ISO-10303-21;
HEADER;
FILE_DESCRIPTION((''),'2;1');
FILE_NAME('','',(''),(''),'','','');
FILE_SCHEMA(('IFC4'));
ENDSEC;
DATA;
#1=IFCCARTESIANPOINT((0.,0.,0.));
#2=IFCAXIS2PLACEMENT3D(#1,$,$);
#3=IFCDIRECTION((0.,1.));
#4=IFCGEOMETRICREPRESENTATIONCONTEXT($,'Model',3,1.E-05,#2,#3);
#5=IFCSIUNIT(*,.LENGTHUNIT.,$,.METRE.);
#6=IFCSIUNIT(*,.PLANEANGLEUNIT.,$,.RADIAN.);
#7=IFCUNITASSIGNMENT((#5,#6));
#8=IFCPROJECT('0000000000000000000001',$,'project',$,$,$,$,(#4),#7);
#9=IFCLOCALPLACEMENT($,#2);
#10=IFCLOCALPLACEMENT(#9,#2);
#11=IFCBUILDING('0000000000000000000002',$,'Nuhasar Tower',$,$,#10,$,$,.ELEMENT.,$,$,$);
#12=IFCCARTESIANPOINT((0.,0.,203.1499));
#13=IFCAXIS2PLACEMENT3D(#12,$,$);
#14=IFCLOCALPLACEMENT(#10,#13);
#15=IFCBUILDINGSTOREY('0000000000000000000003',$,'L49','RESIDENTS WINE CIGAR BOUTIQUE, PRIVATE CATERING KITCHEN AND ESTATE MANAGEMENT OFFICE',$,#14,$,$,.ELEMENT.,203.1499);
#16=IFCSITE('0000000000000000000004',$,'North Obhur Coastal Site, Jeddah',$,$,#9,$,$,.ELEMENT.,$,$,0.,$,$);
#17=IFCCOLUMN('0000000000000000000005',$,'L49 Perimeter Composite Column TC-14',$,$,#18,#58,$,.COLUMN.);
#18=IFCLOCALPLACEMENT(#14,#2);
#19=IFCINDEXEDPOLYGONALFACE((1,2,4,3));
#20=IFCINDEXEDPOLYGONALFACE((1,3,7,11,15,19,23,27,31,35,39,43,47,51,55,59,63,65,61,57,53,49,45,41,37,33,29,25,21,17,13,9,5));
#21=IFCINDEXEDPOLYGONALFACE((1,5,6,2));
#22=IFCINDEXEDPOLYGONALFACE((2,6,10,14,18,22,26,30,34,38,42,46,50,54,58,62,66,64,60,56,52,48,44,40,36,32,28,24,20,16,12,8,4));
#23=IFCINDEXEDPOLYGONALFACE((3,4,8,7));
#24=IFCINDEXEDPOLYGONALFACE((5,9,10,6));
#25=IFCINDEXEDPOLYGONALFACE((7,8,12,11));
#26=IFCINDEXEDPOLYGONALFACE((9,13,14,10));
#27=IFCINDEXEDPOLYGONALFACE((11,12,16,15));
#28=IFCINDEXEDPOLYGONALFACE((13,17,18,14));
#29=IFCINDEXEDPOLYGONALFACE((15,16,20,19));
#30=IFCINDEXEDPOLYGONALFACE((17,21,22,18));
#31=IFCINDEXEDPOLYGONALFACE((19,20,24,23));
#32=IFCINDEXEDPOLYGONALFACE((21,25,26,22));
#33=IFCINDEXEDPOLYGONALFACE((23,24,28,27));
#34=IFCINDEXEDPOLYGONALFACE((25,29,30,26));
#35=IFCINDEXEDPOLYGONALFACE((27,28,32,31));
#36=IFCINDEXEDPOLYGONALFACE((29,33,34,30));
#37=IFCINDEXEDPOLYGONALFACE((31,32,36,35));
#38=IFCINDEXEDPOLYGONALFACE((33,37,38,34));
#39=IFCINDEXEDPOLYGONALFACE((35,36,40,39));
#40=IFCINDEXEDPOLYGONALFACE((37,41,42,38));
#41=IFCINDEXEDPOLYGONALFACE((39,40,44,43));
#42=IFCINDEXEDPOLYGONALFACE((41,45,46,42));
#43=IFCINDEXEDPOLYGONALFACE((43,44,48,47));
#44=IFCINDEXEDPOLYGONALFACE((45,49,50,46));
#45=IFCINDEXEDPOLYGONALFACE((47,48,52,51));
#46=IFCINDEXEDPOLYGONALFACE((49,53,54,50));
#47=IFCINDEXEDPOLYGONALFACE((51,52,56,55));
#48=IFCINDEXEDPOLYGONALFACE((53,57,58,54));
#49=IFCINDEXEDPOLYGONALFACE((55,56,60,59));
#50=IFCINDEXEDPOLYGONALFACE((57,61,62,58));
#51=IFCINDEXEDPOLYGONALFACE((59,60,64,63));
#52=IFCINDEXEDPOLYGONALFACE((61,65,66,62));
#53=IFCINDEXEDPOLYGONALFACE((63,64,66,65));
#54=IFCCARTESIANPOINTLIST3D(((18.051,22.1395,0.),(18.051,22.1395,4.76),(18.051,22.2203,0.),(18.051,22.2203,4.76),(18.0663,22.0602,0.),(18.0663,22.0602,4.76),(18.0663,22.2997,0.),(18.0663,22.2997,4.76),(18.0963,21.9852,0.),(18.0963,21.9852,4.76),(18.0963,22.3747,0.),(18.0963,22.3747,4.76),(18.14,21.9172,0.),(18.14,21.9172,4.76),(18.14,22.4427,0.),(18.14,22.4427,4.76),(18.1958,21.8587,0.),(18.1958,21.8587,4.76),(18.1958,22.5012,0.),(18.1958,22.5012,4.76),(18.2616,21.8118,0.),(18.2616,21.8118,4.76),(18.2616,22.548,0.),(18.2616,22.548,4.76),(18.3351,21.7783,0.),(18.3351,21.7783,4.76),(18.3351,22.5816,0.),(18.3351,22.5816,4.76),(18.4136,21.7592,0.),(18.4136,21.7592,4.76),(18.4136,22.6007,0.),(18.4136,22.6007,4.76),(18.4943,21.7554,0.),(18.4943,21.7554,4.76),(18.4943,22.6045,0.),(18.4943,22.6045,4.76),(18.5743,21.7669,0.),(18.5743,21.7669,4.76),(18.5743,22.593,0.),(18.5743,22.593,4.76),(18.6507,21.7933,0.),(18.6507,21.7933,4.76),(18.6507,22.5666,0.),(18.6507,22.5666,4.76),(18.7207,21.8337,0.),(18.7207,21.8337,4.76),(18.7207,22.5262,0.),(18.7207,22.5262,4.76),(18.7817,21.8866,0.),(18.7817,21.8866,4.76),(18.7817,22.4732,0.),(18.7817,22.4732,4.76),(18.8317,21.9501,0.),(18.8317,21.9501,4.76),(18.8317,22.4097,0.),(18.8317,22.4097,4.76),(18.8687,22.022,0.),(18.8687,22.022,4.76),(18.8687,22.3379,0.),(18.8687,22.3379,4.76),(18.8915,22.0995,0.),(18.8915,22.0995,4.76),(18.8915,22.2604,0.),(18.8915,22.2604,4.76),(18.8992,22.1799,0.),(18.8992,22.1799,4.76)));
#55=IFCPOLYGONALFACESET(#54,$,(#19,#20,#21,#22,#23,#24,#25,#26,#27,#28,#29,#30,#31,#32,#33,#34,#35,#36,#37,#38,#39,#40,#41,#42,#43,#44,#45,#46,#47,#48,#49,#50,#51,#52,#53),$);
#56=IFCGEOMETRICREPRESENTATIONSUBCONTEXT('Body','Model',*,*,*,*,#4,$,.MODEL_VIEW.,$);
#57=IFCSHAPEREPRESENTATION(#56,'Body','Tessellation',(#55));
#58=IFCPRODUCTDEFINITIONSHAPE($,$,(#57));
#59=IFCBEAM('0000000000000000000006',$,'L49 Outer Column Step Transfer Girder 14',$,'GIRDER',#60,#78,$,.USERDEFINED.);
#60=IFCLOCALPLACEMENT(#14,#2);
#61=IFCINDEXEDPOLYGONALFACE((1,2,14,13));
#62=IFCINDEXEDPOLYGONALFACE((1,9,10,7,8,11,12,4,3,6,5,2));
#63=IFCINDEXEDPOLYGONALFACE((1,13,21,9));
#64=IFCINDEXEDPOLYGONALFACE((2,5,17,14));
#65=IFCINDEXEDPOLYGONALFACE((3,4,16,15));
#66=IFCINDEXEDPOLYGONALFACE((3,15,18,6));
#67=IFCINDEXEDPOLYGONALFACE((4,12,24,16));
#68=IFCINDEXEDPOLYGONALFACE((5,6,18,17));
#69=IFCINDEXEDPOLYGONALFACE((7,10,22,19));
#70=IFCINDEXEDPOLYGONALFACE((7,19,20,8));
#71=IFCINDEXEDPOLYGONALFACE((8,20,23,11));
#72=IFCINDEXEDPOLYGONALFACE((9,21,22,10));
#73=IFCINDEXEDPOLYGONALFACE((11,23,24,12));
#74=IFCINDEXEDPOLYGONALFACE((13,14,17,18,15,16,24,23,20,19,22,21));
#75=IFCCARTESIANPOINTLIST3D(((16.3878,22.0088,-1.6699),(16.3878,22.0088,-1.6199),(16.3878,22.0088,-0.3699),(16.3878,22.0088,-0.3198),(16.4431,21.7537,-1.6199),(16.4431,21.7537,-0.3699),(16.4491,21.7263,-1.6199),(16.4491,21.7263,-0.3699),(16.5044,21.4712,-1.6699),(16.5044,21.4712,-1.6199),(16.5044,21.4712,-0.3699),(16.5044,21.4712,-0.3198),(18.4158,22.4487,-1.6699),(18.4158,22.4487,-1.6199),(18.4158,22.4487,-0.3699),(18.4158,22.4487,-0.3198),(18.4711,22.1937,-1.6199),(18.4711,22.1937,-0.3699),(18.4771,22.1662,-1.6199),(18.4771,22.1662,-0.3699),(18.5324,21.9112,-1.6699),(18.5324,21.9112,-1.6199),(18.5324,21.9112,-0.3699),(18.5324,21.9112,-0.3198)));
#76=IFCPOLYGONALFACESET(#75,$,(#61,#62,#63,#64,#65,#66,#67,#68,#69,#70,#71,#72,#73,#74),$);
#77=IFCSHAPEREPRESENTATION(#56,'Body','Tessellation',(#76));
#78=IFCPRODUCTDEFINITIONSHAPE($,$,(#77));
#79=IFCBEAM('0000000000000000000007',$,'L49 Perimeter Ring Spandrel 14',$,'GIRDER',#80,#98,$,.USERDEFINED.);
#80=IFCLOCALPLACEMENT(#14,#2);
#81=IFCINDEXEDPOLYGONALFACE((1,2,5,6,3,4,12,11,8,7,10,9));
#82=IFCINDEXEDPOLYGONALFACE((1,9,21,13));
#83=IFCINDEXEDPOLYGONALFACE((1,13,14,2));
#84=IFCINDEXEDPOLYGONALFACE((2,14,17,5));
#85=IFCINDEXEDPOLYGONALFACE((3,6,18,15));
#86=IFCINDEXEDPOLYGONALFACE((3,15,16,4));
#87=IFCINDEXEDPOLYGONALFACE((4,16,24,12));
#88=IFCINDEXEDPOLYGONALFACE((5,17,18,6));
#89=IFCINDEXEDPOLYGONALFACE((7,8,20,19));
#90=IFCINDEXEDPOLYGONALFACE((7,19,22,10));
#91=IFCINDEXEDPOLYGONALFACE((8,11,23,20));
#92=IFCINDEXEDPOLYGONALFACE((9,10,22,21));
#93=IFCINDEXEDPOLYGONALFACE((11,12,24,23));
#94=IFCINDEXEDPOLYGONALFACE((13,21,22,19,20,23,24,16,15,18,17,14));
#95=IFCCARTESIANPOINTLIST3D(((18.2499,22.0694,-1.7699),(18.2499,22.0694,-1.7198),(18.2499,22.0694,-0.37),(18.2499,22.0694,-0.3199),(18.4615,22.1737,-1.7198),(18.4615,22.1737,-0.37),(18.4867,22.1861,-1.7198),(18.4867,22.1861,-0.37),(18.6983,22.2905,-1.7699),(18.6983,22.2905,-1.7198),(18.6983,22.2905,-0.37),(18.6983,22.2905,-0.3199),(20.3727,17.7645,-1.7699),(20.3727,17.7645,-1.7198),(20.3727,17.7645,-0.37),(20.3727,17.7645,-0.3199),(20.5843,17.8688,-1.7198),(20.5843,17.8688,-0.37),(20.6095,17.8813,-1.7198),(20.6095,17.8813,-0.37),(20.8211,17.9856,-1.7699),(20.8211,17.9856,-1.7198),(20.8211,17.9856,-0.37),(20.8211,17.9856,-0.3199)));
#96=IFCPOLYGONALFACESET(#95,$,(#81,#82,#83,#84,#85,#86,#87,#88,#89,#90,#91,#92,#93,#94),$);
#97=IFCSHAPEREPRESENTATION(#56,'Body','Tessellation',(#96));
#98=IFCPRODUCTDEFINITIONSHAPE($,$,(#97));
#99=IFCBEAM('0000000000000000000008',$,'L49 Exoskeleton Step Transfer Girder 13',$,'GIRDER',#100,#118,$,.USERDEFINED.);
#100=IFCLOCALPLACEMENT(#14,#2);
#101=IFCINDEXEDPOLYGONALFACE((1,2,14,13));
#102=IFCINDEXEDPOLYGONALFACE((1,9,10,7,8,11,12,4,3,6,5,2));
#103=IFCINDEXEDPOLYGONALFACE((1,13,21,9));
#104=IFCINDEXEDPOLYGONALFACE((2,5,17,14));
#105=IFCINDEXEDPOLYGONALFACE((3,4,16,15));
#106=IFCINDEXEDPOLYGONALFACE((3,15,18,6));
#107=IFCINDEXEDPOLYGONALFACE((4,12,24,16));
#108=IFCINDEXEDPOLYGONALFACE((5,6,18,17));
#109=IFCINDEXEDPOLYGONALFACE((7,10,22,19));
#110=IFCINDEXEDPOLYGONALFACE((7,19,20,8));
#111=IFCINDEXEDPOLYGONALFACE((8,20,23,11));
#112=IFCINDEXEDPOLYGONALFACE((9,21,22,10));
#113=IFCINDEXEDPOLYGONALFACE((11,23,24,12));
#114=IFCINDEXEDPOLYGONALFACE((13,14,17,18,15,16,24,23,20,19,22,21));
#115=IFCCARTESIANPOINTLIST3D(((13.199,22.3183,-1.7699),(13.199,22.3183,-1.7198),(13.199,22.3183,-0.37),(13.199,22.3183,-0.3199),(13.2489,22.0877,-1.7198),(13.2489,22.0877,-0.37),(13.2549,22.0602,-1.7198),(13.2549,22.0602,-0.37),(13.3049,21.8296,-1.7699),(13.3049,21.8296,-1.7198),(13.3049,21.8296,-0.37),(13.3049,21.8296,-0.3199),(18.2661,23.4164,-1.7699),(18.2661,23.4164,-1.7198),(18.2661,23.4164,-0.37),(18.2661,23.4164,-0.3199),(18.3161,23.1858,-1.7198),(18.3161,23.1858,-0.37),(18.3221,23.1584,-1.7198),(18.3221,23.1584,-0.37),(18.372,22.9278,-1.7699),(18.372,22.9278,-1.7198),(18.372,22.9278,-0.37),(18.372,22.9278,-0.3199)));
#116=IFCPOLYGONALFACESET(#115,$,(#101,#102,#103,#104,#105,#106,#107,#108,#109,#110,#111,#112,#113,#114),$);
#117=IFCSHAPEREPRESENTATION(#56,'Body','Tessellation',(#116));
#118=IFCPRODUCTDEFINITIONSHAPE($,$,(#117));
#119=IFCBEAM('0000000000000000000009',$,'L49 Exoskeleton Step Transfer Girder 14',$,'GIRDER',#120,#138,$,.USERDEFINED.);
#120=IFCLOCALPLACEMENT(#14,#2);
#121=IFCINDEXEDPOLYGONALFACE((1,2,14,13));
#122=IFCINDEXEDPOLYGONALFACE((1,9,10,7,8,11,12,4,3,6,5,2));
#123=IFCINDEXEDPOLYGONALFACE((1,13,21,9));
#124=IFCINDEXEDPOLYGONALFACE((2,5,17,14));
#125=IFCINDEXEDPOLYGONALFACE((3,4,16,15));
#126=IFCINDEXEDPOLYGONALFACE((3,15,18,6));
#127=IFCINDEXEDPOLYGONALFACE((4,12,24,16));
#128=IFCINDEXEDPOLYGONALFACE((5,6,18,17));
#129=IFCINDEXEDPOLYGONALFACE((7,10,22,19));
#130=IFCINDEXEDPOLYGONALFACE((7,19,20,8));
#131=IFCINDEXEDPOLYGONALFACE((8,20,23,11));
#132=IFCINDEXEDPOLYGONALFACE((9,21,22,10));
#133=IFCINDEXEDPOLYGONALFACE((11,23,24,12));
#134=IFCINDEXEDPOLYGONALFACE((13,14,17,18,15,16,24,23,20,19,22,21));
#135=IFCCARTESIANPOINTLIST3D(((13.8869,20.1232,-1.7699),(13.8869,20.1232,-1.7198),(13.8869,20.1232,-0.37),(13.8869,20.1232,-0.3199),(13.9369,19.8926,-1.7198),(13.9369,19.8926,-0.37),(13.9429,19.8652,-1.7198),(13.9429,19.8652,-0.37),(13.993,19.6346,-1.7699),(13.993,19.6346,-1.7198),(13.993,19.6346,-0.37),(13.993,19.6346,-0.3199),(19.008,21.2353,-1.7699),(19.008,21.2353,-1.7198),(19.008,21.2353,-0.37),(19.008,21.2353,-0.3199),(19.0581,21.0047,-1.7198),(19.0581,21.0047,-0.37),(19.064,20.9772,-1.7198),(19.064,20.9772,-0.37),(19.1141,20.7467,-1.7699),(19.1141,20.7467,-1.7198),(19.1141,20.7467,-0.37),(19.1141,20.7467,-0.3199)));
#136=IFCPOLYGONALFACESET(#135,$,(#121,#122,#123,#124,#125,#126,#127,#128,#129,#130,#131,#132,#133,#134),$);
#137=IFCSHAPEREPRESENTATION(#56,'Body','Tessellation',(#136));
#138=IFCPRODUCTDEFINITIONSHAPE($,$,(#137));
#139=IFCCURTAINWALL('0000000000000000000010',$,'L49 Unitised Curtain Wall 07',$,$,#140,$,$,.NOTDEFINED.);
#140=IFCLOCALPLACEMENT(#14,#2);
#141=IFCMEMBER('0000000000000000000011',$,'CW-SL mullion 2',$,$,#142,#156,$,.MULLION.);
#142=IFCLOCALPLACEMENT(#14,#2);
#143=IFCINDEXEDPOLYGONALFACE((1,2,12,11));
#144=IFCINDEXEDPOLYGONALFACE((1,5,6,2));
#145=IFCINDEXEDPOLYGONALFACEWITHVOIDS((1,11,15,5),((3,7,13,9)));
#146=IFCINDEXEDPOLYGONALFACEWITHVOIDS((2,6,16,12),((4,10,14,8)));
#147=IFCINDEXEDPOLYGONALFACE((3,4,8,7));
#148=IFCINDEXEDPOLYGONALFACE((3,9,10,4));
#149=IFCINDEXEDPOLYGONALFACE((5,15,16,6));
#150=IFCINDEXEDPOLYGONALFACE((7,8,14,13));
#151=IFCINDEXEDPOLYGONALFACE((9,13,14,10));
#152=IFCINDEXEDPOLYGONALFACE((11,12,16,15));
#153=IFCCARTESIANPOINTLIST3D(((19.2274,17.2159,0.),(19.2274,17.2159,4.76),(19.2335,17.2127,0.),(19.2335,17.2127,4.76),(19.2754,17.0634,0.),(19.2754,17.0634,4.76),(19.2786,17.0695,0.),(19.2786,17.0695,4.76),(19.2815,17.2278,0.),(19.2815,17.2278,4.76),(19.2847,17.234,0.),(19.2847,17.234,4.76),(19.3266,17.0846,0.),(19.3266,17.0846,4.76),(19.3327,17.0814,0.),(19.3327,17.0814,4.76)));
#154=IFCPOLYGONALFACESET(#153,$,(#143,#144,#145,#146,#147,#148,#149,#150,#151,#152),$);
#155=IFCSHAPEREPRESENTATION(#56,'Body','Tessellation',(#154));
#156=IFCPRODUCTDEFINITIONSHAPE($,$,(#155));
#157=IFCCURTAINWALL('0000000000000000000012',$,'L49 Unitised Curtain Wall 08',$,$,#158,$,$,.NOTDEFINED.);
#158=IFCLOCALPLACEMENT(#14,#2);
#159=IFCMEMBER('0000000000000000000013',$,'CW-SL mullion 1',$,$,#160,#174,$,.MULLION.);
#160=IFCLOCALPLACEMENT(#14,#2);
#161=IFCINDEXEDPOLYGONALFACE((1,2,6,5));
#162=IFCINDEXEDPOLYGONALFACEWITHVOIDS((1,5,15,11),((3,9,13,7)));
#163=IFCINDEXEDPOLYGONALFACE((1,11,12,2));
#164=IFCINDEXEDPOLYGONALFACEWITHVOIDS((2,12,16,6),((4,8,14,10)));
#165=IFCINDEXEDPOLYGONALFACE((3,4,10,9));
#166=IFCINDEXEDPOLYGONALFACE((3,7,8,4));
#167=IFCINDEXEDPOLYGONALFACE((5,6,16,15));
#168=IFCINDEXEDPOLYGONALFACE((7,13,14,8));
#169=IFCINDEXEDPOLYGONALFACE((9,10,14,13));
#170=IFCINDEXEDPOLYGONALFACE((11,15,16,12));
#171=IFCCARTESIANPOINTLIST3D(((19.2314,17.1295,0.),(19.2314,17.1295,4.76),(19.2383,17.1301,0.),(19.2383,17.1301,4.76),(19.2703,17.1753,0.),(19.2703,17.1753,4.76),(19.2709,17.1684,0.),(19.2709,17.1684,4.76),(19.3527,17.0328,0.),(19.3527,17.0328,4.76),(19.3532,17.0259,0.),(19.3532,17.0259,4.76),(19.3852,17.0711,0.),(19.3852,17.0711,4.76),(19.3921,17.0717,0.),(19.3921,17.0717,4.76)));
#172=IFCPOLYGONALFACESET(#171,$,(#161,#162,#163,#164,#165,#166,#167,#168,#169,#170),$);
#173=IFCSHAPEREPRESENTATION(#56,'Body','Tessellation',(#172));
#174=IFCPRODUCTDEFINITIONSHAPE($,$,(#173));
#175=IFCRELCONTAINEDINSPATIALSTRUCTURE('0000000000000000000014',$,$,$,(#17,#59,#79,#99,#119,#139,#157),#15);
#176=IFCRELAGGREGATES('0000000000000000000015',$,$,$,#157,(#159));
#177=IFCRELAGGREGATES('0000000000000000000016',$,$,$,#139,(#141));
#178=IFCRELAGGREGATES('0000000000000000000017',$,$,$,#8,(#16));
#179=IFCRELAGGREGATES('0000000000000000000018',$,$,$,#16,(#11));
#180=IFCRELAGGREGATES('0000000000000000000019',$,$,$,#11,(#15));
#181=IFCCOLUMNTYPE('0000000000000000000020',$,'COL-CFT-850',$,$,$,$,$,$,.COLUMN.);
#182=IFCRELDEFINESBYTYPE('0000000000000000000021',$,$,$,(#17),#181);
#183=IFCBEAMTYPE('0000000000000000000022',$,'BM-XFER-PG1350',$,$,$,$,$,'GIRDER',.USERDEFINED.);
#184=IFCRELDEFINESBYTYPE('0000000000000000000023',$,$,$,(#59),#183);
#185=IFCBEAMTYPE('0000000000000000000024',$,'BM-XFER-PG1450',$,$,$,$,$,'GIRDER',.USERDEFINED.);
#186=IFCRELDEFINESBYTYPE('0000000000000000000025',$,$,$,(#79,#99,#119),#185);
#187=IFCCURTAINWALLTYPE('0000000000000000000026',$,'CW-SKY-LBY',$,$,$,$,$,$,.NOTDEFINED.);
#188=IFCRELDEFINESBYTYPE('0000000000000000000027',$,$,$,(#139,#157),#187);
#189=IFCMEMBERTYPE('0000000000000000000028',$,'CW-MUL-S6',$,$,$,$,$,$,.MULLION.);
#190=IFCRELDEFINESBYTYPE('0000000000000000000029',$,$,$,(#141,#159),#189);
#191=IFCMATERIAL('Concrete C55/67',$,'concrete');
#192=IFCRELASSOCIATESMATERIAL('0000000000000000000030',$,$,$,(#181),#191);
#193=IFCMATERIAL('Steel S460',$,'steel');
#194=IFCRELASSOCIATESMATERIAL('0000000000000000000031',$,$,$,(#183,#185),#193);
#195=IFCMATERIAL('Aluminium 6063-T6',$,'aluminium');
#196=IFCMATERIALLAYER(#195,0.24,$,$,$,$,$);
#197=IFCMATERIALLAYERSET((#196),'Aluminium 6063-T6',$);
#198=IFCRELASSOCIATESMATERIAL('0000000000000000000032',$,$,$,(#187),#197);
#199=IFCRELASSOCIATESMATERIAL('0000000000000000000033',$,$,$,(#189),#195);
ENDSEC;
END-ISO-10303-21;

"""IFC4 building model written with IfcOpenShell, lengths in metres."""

from ifc_helpers import new_model, si_unit, direction, frame, origin, origin_2d, place, context, subcontext, project, spatial, hollow_rectangle, circle, i_section, extrude, material, layer, layer_set, material_profile, profile_set, type_object, element, aggregate, save


model = new_model("IFC4")

# Units and contexts
model_context = context("Model", 3, precision=1e-05, world=origin(), true_north=direction((0.0, 1.0)))
body_context = subcontext(model_context, "Body", "Model", "MODEL_VIEW")
ifc_project = project(units=[si_unit("LENGTHUNIT", "METRE"), si_unit("PLANEANGLEUNIT", "RADIAN")], contexts=[model_context])

# Site, building, storey
site_placement = place(None, origin())
site = spatial("IfcSite", under=ifc_project, at=site_placement, Name="North Obhur Coastal Site, Jeddah", CompositionType="ELEMENT", RefElevation=0.0)
building_placement = place(site_placement, origin())
building = spatial("IfcBuilding", under=site, at=building_placement, Name="Nuhasar Tower", CompositionType="ELEMENT")
storey_placement = place(building_placement, frame((0.0, 0.0, 203.1499)))
storey = spatial("IfcBuildingStorey", under=building, at=storey_placement, Name="L49", Description="RESIDENTS WINE CIGAR BOUTIQUE, PRIVATE CATERING KITCHEN AND ESTATE MANAGEMENT OFFICE", CompositionType="ELEMENT", Elevation=203.1499)

# Column
ifc_material_1 = material(Name="Concrete C55/67", Category="concrete")
ifc_material_profile_1 = material_profile(ifc_material_1, circle(Radius=0.425, at=origin_2d()), Name="CFT850")
ifc_profile_set_1 = profile_set([ifc_material_profile_1], Name="Concrete C55/67")
column_type = type_object("IfcColumnType", Name="COL-CFT-850", PredefinedType="COLUMN", material=ifc_profile_set_1)
column_placement = place(storey_placement, frame((18.4741, 22.1799, 0.0), z_axis=(0.0, 0.0, 1.0), x_axis=(1.0, 0.0, 0.0)))
element("IfcColumn", 1, at=column_placement, inside=storey, type_object=column_type, Name="L49 Perimeter Composite Column TC-14", PredefinedType="COLUMN", context=body_context, shape_type="SweptSolid", body=[
    extrude(circle(Radius=0.425, at=origin_2d()), origin(), (0.0, 0.0, 1.0), 4.76),
])

# Beams
ifc_material_2 = material(Name="Steel S460", Category="steel")
ifc_material_profile_2 = material_profile(ifc_material_2, i_section(OverallWidth=0.55, OverallDepth=1.3501, WebThickness=0.0281, FlangeThickness=0.05, at=origin_2d()), Name="PG1350X550")
ifc_profile_set_2 = profile_set([ifc_material_profile_2], Name="Steel S460")
beam_type_1 = type_object("IfcBeamType", Name="BM-XFER-PG1350", ElementType="GIRDER", PredefinedType="USERDEFINED", material=ifc_profile_set_2)
beam_1_placement = place(storey_placement, frame((18.4741, 22.1799, -0.9949), z_axis=(-0.977271, -0.211995, 0.0), x_axis=(0.211995, -0.977271, 0.0)))
element("IfcBeam", 2, at=beam_1_placement, inside=storey, type_object=beam_type_1, Name="L49 Outer Column Step Transfer Girder 14", ObjectType="GIRDER", PredefinedType="USERDEFINED", context=body_context, shape_type="SweptSolid", body=[
    extrude(i_section(OverallWidth=0.55, OverallDepth=1.3501, WebThickness=0.0281, FlangeThickness=0.05, at=origin_2d()), origin(), (0.0, 0.0, 1.0), 2.0752),
])
ifc_material_profile_3 = material_profile(ifc_material_2, i_section(OverallWidth=0.5, OverallDepth=1.45, WebThickness=0.0281, FlangeThickness=0.05, at=origin_2d()), Name="PG1450X500")
ifc_profile_set_3 = profile_set([ifc_material_profile_3], Name="Steel S460")
beam_type_2 = type_object("IfcBeamType", Name="BM-XFER-PG1450", ElementType="GIRDER", PredefinedType="USERDEFINED", material=ifc_profile_set_3)
beam_2_placement = place(storey_placement, frame((18.4741, 22.1799, -1.0449), z_axis=(0.442263, -0.896886, 0.0), x_axis=(0.896886, 0.442263, 0.0)))
element("IfcBeam", 3, at=beam_2_placement, inside=storey, type_object=beam_type_2, Name="L49 Perimeter Ring Spandrel 14", ObjectType="GIRDER", PredefinedType="USERDEFINED", context=body_context, shape_type="SweptSolid", body=[
    extrude(i_section(OverallWidth=0.5, OverallDepth=1.45, WebThickness=0.0281, FlangeThickness=0.05, at=origin_2d()), origin(), (0.0, 0.0, 1.0), 4.7998),
])
beam_3_placement = place(storey_placement, frame((18.3191, 23.1721, -1.0449), z_axis=(-0.977313, -0.211802, 0.0), x_axis=(0.211802, -0.977313, 0.0)))
element("IfcBeam", 4, at=beam_3_placement, inside=storey, type_object=beam_type_2, Name="L49 Exoskeleton Step Transfer Girder 13", ObjectType="GIRDER", PredefinedType="USERDEFINED", context=body_context, shape_type="SweptSolid", body=[
    extrude(i_section(OverallWidth=0.5, OverallDepth=1.45, WebThickness=0.0281, FlangeThickness=0.05, at=origin_2d()), origin(), (0.0, 0.0, 1.0), 5.1848),
])
beam_4_placement = place(storey_placement, frame((19.061, 20.991, -1.0449), z_axis=(-0.977225, -0.212207, 0.0), x_axis=(0.212207, -0.977225, 0.0)))
element("IfcBeam", 5, at=beam_4_placement, inside=storey, type_object=beam_type_2, Name="L49 Exoskeleton Step Transfer Girder 14", ObjectType="GIRDER", PredefinedType="USERDEFINED", context=body_context, shape_type="SweptSolid", body=[
    extrude(i_section(OverallWidth=0.5, OverallDepth=1.45, WebThickness=0.0281, FlangeThickness=0.05, at=origin_2d()), origin(), (0.0, 0.0, 1.0), 5.2405),
])

# Curtain walls, members
ifc_material_3 = material(Name="Aluminium 6063-T6", Category="aluminium")
ifc_layer_1 = layer(ifc_material_3, 0.24)
ifc_layer_set_1 = layer_set([ifc_layer_1], Name="Aluminium 6063-T6")
curtain_wall_type = type_object("IfcCurtainWallType", Name="CW-SKY-LBY", PredefinedType="NOTDEFINED", material=ifc_layer_set_1)
curtain_wall_1_placement = place(storey_placement, origin())
curtain_wall_1 = element("IfcCurtainWall", 6, at=curtain_wall_1_placement, inside=storey, type_object=curtain_wall_type, Name="L49 Unitised Curtain Wall 07", PredefinedType="NOTDEFINED")
ifc_material_profile_4 = material_profile(ifc_material_3, hollow_rectangle(XDim=0.0601, YDim=0.1599, WallThickness=0.0049, at=origin_2d()), Name="CWM-6")
ifc_profile_set_4 = profile_set([ifc_material_profile_4], Name="Aluminium 6063-T6")
member_type_1 = type_object("IfcMemberType", Name="CW-MUL-S6", PredefinedType="MULLION", material=ifc_profile_set_4)
member_1_placement = place(storey_placement, frame((19.28, 17.1487, 0.0), z_axis=(0.0, 0.0, 1.0), x_axis=(0.953804, 0.300429, 0.0)))
member_1 = element("IfcMember", 7, at=member_1_placement, type_object=member_type_1, Name="CW-SL mullion 2", PredefinedType="MULLION", context=body_context, shape_type="SweptSolid", body=[
    extrude(hollow_rectangle(XDim=0.0601, YDim=0.1599, WallThickness=0.0049, at=origin_2d()), origin(), (0.0, 0.0, 1.0), 4.76),
])
curtain_wall_2_placement = place(storey_placement, origin())
curtain_wall_2 = element("IfcCurtainWall", 8, at=curtain_wall_2_placement, inside=storey, type_object=curtain_wall_type, Name="L49 Unitised Curtain Wall 08", PredefinedType="NOTDEFINED")
member_2_placement = place(storey_placement, frame((19.3118, 17.1006, 0.0), z_axis=(0.0, 0.0, 1.0), x_axis=(0.647895, 0.761729, 0.0)))
member_2 = element("IfcMember", 9, at=member_2_placement, type_object=member_type_1, Name="CW-SL mullion 1", PredefinedType="MULLION", context=body_context, shape_type="SweptSolid", body=[
    extrude(hollow_rectangle(XDim=0.0601, YDim=0.1599, WallThickness=0.0049, at=origin_2d()), origin(), (0.0, 0.0, 1.0), 4.76),
])

aggregate(curtain_wall_2, [member_2])

aggregate(curtain_wall_1, [member_1])

save(model, "model.ifc")
